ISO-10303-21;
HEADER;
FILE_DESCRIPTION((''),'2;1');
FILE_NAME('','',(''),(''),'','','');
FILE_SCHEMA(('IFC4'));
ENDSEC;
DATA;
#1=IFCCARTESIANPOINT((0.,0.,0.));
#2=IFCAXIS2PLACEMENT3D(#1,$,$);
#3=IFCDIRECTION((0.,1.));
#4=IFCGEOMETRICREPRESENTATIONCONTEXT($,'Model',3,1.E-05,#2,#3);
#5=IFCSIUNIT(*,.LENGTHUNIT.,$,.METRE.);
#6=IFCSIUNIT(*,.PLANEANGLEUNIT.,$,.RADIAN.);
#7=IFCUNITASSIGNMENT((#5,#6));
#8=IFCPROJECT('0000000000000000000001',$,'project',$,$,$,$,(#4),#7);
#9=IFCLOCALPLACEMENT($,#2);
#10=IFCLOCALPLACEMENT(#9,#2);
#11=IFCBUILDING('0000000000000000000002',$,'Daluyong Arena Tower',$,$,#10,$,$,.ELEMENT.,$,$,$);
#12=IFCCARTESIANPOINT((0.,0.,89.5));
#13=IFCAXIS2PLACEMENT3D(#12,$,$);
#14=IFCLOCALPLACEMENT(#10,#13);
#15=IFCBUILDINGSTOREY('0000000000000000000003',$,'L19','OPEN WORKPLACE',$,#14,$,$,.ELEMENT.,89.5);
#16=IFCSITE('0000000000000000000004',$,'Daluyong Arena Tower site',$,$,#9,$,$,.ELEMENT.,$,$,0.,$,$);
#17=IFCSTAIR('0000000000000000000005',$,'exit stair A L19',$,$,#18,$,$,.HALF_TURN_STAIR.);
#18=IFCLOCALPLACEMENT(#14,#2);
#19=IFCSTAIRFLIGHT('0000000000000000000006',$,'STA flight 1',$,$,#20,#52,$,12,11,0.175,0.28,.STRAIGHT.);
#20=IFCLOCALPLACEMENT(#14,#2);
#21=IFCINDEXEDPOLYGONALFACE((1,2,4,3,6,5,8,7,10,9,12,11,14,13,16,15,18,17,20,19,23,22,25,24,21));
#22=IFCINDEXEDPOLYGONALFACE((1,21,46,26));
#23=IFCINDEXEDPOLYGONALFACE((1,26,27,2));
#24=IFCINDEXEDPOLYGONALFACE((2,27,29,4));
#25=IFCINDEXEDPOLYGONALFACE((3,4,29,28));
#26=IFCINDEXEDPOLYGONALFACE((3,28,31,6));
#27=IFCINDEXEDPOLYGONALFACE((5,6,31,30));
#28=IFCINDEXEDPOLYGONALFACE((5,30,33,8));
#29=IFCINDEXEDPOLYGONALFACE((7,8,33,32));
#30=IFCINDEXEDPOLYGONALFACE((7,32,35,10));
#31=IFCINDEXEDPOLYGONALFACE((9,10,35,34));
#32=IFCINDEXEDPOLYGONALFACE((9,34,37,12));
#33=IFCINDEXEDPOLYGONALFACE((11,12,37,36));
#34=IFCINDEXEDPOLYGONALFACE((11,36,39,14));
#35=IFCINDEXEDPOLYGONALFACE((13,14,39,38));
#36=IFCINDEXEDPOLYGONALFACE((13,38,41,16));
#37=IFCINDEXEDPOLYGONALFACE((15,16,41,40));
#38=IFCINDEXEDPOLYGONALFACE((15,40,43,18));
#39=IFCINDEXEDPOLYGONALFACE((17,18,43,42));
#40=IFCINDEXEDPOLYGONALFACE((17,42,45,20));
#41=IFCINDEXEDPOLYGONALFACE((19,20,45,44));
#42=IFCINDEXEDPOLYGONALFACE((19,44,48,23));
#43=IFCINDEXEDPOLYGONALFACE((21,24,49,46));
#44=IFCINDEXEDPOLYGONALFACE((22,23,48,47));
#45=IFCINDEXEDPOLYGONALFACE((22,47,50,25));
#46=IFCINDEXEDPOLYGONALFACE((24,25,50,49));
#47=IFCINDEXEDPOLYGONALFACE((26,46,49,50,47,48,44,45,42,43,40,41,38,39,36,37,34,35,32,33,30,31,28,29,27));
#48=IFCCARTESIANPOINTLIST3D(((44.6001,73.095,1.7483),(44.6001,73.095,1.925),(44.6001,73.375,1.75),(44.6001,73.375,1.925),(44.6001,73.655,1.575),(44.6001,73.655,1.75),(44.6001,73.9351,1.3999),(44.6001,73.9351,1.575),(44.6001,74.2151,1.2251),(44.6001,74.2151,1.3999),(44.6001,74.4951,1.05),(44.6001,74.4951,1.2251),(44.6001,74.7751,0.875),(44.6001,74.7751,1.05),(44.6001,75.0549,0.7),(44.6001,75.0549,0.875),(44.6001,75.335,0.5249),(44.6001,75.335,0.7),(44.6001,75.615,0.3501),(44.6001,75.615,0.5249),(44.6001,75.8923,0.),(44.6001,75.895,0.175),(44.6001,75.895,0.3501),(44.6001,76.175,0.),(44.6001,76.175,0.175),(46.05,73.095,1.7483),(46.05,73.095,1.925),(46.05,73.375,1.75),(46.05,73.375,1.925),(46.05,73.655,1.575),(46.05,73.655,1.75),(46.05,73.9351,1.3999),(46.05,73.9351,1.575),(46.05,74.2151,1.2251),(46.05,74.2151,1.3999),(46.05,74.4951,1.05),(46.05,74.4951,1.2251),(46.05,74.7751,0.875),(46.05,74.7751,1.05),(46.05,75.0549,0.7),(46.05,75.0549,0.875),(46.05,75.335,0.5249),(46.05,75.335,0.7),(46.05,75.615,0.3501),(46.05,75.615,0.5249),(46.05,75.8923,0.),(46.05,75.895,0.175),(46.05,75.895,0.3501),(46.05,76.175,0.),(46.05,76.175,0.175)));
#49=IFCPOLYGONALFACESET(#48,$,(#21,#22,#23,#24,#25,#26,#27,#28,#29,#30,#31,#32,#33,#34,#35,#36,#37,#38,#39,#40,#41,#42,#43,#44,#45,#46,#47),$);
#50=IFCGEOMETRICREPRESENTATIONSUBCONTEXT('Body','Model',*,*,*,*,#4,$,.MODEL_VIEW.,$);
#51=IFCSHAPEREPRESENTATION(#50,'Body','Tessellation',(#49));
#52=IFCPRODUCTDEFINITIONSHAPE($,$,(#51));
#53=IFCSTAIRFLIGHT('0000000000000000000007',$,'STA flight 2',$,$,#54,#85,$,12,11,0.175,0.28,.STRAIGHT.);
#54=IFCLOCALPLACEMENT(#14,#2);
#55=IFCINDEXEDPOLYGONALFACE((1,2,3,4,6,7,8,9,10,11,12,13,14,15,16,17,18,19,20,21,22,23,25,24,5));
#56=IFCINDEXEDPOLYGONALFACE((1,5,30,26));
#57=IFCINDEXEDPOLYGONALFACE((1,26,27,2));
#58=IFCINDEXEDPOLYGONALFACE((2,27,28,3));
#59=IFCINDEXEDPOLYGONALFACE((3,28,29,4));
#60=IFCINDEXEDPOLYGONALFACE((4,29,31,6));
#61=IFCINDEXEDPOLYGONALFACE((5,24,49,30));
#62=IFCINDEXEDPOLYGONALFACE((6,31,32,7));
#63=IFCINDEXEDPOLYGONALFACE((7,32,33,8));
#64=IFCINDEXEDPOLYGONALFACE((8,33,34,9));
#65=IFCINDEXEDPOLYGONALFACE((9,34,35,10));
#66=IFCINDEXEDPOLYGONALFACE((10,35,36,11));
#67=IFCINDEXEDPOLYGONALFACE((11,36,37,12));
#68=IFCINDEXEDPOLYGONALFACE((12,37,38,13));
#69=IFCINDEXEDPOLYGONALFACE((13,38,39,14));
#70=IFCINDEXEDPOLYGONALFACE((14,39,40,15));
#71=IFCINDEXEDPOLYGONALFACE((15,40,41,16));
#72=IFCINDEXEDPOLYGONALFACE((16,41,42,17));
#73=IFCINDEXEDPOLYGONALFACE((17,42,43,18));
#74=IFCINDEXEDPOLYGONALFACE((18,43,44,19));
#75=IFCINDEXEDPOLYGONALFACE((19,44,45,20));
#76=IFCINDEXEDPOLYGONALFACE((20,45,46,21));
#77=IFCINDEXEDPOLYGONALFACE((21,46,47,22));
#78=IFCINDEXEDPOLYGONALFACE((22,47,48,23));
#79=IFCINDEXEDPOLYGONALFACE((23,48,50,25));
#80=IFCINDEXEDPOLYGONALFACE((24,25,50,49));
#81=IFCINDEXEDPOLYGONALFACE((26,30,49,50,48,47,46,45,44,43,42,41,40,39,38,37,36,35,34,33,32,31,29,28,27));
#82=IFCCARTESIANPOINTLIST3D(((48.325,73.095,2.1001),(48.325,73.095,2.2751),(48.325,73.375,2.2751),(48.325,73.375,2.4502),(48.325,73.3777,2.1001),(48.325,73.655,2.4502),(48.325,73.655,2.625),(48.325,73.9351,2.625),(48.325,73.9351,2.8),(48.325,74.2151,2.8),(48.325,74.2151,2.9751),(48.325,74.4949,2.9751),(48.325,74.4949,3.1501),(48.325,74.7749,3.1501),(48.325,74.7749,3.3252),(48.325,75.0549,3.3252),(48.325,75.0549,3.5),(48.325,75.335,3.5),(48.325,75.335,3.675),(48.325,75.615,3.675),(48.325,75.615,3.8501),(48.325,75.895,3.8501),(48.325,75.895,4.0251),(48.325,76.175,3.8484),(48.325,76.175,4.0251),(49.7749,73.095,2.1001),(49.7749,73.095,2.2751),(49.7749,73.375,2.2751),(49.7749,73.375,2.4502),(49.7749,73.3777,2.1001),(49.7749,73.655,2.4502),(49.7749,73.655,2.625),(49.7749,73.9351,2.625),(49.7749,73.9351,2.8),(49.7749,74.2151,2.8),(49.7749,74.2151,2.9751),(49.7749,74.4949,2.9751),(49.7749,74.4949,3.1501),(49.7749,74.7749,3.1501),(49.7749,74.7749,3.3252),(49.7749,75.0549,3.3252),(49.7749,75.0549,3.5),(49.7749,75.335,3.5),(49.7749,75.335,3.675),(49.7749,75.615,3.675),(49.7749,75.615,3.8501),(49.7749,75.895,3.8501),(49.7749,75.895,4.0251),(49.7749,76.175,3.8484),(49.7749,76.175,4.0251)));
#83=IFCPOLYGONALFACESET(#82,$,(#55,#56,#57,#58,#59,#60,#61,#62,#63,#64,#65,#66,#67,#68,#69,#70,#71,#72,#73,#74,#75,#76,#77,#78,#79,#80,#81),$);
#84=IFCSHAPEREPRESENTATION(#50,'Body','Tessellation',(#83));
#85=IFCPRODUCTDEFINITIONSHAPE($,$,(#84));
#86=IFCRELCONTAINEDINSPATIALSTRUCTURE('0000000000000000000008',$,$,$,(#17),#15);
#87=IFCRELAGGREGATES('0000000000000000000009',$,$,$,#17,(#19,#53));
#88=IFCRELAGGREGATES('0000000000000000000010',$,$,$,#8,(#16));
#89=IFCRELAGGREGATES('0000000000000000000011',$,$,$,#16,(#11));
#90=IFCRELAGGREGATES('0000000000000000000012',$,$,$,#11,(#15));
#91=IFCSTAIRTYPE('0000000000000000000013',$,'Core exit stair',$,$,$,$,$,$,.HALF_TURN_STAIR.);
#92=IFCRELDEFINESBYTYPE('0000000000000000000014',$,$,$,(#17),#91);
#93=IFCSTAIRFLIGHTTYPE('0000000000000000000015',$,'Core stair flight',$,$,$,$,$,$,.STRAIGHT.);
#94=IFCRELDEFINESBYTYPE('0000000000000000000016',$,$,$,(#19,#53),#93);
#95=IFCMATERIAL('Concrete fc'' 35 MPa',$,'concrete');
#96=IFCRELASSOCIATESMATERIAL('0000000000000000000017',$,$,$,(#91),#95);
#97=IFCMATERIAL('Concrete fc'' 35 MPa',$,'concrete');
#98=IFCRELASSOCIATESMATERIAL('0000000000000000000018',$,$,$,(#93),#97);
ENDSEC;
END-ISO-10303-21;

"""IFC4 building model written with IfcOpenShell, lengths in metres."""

from ifc_helpers import new_model, si_unit, direction, frame, origin, place, context, subcontext, project, spatial, polyline, outline, extrude, material, type_object, element, aggregate, save


model = new_model("IFC4")

# Units and contexts
model_context = context("Model", 3, precision=1e-05, world=origin(), true_north=direction((0.0, 1.0)))
body_context = subcontext(model_context, "Body", "Model", "MODEL_VIEW")
ifc_project = project(units=[si_unit("LENGTHUNIT", "METRE"), si_unit("PLANEANGLEUNIT", "RADIAN")], contexts=[model_context])

# Site, building, storey
site_placement = place(None, origin())
site = spatial("IfcSite", under=ifc_project, at=site_placement, Name="Daluyong Arena Tower site", CompositionType="ELEMENT", RefElevation=0.0)
building_placement = place(site_placement, origin())
building = spatial("IfcBuilding", under=site, at=building_placement, Name="Daluyong Arena Tower", CompositionType="ELEMENT")
storey_placement = place(building_placement, frame((0.0, 0.0, 89.5)))
storey = spatial("IfcBuildingStorey", under=building, at=storey_placement, Name="L19", Description="OPEN WORKPLACE", CompositionType="ELEMENT", Elevation=89.5)

# Stair, stair flights
ifc_material_1 = material(Name="Concrete fc' 35 MPa", Category="concrete")
stair_type = type_object("IfcStairType", Name="Core exit stair", PredefinedType="HALF_TURN_STAIR", material=ifc_material_1)
stair_placement = place(storey_placement, origin())
stair = element("IfcStair", 1, at=stair_placement, inside=storey, type_object=stair_type, Name="exit stair A L19", PredefinedType="HALF_TURN_STAIR")
ifc_material_2 = material(Name="Concrete fc' 35 MPa", Category="concrete")
stair_flight_type = type_object("IfcStairFlightType", Name="Core stair flight", PredefinedType="STRAIGHT", material=ifc_material_2)
stair_flight_1_placement = place(storey_placement, frame((45.325, 76.175, 0.0), z_axis=(0.0, 0.0, 1.0), x_axis=(0.0, -1.0, 0.0)))
stair_flight_1 = element("IfcStairFlight", 2, at=stair_flight_1_placement, type_object=stair_flight_type, Name="STA flight 1", NumberOfRisers=12, NumberOfTreads=11, PredefinedType="STRAIGHT", RiserHeight=0.175, TreadLength=0.28, context=body_context, shape_type="SweptSolid", body=[
    extrude(outline(polyline([(0.0, 0.0), (0.0, 0.175), (0.28, 0.175), (0.28, 0.3501), (0.5601, 0.3501), (0.5601, 0.5249), (0.8401, 0.5249), (0.8401, 0.7), (1.1201, 0.7), (1.1201, 0.875), (1.3999, 0.875), (1.3999, 1.05), (1.6799, 1.05), (1.6799, 1.2251), (1.96, 1.2251), (1.96, 1.3999), (2.24, 1.3999), (2.24, 1.575), (2.52, 1.575), (2.52, 1.75), (2.8, 1.75), (2.8, 1.925), (3.0801, 1.925), (3.0801, 2.1001), (3.0801, 1.7483), (0.2827, 0.0), (0.0, 0.0)])), frame((0.0, 0.7251, 0.0), z_axis=(0.0, -1.0, 0.0), x_axis=(1.0, 0.0, 0.0)), (0.0, 0.0, 1.0), 1.45),
])
stair_flight_2_placement = place(storey_placement, frame((49.05, 73.095, 2.1001), z_axis=(0.0, 0.0, 1.0), x_axis=(0.0, 1.0, 0.0)))
stair_flight_2 = element("IfcStairFlight", 3, at=stair_flight_2_placement, type_object=stair_flight_type, Name="STA flight 2", NumberOfRisers=12, NumberOfTreads=11, PredefinedType="STRAIGHT", RiserHeight=0.175, TreadLength=0.28, context=body_context, shape_type="SweptSolid", body=[
    extrude(outline(polyline([(0.0, 0.0), (0.0, 0.175), (0.28, 0.175), (0.28, 0.3501), (0.5601, 0.3501), (0.5601, 0.5249), (0.8401, 0.5249), (0.8401, 0.7), (1.1201, 0.7), (1.1201, 0.875), (1.3999, 0.875), (1.3999, 1.05), (1.6799, 1.05), (1.6799, 1.2251), (1.96, 1.2251), (1.96, 1.3999), (2.24, 1.3999), (2.24, 1.575), (2.52, 1.575), (2.52, 1.75), (2.8, 1.75), (2.8, 1.925), (3.0801, 1.925), (3.0801, 2.1001), (3.0801, 1.7483), (0.2827, 0.0), (0.0, 0.0)])), frame((0.0, 0.7251, 0.0), z_axis=(0.0, -1.0, 0.0), x_axis=(1.0, 0.0, 0.0)), (0.0, 0.0, 1.0), 1.45),
])
aggregate(stair, [stair_flight_1, stair_flight_2])

save(model, "model.ifc")
